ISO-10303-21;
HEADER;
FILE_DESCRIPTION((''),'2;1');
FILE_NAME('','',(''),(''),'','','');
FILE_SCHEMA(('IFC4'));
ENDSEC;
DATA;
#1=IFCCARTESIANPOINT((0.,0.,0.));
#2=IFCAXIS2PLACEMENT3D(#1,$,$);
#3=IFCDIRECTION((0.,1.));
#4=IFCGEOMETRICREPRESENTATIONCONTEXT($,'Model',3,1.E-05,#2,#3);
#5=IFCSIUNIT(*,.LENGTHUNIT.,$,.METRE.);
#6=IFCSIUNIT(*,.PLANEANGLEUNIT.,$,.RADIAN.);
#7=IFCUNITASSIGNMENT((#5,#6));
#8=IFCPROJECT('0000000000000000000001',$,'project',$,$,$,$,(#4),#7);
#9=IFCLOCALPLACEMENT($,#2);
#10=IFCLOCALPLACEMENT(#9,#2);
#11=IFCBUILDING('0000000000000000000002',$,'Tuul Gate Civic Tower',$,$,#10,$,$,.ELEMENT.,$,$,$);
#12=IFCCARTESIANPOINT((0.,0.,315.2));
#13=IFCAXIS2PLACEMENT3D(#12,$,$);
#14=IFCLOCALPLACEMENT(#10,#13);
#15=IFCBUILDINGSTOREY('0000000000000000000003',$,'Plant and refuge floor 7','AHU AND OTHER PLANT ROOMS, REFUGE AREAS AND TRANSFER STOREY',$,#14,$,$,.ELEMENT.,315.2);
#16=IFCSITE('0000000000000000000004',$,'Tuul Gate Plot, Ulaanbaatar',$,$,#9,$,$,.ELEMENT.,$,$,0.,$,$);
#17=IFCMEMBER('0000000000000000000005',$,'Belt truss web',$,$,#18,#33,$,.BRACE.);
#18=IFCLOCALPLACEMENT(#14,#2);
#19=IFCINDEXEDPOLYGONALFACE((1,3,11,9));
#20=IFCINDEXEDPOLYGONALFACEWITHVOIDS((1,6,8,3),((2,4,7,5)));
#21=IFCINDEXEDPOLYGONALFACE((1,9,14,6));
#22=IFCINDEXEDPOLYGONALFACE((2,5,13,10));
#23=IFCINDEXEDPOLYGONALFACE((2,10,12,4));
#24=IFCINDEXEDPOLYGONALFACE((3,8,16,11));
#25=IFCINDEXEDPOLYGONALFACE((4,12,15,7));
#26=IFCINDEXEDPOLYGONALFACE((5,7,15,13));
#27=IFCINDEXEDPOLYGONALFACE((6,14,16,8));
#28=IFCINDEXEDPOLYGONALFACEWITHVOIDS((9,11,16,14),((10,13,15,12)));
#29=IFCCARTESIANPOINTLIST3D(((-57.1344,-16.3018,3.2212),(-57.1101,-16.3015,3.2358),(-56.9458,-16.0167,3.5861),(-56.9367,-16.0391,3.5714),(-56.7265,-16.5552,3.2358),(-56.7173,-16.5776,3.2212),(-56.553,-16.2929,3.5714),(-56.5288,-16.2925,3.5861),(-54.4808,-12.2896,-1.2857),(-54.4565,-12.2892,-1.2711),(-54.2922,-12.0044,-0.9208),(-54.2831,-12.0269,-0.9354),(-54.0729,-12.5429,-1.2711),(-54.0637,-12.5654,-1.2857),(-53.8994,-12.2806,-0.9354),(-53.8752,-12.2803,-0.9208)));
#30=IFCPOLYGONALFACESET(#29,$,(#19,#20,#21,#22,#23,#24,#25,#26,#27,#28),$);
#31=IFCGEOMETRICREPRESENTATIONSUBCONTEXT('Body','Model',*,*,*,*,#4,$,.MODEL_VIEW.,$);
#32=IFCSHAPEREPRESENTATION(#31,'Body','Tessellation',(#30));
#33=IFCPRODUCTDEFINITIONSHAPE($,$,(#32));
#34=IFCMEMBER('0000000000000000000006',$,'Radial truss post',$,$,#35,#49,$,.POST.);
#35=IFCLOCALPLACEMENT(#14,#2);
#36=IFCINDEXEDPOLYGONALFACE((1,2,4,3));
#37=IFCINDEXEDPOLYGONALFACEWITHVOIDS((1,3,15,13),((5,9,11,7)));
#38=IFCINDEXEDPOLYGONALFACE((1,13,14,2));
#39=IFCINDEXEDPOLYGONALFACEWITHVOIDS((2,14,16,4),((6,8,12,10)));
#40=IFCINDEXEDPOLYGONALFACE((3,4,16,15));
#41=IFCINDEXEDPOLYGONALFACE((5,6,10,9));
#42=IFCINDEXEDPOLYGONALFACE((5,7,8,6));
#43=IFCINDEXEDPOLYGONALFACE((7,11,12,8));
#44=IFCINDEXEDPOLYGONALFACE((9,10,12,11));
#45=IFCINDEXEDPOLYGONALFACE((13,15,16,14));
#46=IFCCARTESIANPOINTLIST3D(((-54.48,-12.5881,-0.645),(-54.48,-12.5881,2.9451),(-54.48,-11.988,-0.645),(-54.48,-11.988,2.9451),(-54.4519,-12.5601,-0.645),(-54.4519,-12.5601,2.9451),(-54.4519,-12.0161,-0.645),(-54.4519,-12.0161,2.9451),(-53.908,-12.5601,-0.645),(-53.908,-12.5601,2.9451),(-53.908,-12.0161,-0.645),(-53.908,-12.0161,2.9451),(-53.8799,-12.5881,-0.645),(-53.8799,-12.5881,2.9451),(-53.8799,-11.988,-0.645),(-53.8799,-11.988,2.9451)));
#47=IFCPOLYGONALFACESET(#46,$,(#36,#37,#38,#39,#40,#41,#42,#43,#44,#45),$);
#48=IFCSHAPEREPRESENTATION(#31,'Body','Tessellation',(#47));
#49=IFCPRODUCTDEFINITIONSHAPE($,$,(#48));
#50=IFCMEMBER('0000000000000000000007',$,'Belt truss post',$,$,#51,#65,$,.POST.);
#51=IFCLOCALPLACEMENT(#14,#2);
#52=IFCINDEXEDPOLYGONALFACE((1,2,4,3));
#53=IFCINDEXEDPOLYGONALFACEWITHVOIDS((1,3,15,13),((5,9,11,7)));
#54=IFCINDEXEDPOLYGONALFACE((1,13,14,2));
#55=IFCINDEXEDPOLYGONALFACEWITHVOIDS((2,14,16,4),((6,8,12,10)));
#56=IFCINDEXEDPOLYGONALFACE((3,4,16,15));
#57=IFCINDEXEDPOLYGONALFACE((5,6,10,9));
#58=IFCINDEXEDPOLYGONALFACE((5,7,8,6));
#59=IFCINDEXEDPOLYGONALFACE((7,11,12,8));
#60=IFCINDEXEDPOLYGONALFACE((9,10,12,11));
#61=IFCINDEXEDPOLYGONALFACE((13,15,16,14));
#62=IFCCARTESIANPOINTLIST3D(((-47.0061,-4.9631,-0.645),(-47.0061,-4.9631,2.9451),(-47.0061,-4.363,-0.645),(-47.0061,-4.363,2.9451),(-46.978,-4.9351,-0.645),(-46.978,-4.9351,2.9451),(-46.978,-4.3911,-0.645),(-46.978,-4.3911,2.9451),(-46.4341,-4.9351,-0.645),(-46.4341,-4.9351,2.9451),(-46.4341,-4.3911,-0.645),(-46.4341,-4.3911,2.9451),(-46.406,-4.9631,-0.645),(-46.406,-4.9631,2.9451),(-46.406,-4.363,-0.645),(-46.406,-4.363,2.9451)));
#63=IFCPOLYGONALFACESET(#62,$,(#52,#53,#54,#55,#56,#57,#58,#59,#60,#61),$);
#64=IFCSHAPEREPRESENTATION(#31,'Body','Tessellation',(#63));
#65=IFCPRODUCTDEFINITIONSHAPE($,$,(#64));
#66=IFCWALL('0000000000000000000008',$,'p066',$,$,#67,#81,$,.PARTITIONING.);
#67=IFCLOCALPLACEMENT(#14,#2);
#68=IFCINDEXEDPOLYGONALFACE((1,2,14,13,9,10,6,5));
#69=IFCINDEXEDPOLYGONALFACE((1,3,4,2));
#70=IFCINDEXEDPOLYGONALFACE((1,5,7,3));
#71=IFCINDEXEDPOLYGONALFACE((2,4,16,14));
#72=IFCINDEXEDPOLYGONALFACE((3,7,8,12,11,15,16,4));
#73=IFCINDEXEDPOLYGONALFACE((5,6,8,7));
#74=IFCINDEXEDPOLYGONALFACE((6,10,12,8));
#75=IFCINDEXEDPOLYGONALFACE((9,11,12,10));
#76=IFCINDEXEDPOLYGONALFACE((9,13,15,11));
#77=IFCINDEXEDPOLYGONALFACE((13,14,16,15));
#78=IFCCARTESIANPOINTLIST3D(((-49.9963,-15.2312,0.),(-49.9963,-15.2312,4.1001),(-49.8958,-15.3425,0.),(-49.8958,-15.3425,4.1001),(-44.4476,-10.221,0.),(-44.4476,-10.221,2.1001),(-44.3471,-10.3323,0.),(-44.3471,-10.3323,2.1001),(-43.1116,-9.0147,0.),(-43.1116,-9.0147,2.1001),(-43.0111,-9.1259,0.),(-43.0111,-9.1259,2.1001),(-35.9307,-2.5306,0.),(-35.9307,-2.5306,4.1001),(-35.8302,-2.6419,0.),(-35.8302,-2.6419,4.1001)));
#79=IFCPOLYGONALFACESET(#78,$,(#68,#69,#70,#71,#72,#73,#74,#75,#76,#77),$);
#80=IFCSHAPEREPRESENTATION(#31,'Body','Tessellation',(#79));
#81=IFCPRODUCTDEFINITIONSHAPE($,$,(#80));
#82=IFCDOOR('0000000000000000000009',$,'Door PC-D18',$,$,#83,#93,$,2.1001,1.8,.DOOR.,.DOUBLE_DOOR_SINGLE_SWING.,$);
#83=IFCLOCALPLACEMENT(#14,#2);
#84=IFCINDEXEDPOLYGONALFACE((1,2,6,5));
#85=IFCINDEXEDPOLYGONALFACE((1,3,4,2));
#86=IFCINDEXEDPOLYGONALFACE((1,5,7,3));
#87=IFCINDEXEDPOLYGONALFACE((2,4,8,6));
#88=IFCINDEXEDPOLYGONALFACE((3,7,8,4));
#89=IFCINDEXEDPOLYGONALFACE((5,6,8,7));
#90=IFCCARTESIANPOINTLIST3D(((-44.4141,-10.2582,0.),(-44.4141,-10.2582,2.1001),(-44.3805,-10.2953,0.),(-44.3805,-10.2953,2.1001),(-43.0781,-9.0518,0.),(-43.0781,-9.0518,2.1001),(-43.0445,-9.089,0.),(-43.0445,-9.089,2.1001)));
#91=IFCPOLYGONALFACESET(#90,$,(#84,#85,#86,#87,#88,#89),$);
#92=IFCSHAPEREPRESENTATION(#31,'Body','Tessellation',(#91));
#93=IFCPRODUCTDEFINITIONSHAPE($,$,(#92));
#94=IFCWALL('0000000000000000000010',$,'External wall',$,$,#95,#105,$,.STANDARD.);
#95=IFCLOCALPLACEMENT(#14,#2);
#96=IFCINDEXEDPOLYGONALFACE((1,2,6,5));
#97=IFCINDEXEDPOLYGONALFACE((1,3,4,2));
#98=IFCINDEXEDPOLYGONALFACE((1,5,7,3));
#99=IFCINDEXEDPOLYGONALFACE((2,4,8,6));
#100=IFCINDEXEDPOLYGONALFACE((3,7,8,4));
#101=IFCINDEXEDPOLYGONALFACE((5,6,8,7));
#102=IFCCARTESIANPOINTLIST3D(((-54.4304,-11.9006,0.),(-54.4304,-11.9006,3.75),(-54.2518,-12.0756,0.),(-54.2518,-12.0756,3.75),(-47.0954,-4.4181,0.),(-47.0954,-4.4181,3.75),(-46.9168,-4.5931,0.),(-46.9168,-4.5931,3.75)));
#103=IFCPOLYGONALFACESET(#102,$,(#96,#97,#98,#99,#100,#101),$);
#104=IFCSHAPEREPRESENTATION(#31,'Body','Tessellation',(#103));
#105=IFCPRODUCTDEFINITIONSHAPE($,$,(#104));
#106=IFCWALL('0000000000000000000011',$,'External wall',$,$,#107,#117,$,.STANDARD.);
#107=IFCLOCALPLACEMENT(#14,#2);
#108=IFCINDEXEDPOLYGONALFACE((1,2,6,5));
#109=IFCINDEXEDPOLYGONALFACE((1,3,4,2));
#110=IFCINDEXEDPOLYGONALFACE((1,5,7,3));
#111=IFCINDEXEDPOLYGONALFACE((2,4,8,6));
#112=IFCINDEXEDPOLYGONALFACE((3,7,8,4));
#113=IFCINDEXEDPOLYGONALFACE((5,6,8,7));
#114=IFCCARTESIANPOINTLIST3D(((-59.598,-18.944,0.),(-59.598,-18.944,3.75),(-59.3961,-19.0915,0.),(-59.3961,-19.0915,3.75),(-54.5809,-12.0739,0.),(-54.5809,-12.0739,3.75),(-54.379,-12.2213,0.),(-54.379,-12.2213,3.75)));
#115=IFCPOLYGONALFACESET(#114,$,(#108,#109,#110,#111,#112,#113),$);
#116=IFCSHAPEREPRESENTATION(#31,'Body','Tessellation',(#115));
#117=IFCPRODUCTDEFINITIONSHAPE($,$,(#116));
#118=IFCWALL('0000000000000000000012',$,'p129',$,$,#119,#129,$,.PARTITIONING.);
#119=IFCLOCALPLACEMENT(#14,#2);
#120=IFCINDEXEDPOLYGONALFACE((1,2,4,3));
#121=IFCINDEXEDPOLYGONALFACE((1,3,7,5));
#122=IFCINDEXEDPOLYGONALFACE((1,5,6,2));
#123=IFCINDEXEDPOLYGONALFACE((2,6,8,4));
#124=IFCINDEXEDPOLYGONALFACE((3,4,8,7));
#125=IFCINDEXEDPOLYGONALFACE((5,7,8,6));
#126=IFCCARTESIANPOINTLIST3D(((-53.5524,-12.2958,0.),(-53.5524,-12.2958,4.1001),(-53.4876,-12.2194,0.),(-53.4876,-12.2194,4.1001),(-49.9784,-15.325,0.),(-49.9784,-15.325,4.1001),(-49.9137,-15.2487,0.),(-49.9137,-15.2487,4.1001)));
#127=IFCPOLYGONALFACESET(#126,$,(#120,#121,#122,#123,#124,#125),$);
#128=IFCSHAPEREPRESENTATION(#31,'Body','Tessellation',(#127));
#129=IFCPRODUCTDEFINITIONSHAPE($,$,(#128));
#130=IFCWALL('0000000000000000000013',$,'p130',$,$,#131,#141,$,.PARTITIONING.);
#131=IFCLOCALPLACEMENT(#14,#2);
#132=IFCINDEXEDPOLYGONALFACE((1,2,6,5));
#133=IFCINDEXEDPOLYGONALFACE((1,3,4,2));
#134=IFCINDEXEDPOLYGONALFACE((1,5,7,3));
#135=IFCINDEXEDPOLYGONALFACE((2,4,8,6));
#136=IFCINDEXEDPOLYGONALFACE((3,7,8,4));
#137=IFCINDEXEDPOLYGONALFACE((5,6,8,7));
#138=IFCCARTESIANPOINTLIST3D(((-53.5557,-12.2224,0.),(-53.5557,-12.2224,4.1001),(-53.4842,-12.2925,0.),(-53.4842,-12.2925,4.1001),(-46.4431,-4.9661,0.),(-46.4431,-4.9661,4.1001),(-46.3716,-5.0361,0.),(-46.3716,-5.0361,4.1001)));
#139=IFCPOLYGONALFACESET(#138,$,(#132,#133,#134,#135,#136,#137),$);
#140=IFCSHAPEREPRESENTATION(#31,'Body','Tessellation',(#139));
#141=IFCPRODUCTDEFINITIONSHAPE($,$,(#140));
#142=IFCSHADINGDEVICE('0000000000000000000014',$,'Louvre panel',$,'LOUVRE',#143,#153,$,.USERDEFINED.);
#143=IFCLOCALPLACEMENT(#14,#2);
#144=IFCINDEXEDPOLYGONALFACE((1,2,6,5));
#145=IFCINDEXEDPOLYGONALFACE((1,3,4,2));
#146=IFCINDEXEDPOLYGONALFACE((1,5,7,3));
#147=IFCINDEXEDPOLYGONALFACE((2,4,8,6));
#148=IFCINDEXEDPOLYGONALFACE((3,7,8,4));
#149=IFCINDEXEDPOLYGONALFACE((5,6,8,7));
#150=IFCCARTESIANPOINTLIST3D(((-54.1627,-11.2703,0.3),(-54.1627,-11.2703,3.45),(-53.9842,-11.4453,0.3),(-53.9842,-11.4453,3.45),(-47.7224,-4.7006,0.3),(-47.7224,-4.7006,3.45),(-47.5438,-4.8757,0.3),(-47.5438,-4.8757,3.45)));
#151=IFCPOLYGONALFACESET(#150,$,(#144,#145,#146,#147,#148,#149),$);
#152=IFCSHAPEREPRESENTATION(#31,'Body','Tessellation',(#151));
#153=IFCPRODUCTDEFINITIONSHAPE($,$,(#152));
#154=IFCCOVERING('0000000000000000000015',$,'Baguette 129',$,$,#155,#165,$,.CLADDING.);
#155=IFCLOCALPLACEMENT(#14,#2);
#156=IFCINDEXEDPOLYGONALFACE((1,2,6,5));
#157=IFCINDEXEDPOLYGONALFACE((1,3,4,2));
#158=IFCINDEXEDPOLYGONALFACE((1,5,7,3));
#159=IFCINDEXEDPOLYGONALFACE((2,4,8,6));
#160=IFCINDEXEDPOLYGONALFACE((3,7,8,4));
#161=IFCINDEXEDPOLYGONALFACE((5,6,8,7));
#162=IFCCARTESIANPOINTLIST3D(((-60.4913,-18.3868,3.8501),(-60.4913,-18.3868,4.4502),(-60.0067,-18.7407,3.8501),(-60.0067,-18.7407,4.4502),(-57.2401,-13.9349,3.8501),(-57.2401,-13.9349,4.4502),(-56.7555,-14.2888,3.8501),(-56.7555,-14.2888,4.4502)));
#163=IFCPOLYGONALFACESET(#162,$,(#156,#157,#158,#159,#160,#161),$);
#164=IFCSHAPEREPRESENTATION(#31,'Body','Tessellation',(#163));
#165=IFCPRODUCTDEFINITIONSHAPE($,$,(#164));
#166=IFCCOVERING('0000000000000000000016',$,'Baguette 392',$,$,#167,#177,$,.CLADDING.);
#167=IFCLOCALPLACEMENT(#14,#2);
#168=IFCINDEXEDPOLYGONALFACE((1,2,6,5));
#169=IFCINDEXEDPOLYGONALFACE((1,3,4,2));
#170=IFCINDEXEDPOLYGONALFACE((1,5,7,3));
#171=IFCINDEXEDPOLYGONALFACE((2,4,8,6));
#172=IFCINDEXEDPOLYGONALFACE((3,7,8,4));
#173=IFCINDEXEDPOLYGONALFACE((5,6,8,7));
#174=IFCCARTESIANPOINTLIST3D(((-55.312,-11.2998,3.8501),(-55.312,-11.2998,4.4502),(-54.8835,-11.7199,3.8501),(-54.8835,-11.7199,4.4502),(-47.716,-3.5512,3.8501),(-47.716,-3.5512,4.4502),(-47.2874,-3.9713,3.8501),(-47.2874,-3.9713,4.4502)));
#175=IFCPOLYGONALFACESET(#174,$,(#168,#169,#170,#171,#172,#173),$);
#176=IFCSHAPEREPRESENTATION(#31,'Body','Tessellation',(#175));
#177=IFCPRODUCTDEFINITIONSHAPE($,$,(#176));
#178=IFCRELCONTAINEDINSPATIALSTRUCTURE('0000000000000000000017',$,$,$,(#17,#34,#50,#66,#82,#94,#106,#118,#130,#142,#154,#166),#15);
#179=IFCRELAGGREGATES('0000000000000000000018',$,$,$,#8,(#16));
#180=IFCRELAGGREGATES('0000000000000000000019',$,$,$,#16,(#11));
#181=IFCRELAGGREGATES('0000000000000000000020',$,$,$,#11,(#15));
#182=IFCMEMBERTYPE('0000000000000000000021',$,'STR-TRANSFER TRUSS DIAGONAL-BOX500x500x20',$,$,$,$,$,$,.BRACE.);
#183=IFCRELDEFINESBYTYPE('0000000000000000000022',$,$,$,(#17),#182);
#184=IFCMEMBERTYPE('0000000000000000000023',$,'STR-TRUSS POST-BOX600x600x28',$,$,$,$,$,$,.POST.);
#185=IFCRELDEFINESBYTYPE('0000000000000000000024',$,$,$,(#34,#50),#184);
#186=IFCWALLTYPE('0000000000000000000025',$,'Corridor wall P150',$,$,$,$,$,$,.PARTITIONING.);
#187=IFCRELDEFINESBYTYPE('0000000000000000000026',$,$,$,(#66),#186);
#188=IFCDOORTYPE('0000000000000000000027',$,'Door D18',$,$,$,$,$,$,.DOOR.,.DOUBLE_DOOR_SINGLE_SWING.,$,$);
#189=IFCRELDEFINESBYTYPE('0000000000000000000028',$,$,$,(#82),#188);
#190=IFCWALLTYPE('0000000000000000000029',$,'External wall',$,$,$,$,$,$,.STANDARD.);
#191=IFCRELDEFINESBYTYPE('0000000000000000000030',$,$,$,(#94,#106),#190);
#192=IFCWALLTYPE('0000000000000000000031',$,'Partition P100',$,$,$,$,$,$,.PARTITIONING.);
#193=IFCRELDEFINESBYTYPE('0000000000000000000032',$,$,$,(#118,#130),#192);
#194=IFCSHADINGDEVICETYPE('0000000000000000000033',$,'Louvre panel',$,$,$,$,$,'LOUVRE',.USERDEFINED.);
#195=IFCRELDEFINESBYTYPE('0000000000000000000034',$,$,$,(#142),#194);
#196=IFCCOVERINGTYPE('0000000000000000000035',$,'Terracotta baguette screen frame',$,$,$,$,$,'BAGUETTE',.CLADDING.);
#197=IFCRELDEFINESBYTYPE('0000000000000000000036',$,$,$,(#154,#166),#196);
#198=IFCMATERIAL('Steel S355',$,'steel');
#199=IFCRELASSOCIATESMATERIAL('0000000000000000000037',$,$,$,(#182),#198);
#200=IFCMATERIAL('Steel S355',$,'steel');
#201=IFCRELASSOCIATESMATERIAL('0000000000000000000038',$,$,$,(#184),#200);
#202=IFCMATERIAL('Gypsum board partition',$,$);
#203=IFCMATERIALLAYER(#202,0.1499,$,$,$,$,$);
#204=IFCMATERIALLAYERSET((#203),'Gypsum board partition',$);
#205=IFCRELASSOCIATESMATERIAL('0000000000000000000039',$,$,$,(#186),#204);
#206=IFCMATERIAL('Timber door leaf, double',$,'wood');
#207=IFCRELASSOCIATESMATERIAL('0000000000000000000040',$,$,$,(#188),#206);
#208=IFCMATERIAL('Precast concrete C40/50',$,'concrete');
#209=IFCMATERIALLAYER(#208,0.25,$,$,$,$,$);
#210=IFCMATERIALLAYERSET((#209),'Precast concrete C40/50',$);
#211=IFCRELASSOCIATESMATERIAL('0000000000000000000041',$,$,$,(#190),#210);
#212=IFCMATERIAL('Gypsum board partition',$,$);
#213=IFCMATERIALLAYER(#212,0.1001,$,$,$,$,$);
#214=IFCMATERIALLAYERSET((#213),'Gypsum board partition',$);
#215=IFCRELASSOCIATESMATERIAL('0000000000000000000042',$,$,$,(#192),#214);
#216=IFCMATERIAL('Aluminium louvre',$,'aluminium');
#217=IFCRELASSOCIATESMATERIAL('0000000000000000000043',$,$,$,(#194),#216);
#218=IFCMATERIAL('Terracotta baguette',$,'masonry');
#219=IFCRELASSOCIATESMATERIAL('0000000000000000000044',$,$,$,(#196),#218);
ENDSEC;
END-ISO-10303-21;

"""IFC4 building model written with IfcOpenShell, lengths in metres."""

from ifc_helpers import new_model, si_unit, direction, frame, frame_2d, origin, origin_2d, place, context, subcontext, project, spatial, rectangle, hollow_rectangle, extrude, material, layer, layer_set, material_profile, profile_set, type_object, element, fill, save


model = new_model("IFC4")

# Units and contexts
model_context = context("Model", 3, precision=1e-05, world=origin(), true_north=direction((0.0, 1.0)))
body_context = subcontext(model_context, "Body", "Model", "MODEL_VIEW")
ifc_project = project(units=[si_unit("LENGTHUNIT", "METRE"), si_unit("PLANEANGLEUNIT", "RADIAN")], contexts=[model_context])

# Site, building, storey
site_placement = place(None, origin())
site = spatial("IfcSite", under=ifc_project, at=site_placement, Name="Tuul Gate Plot, Ulaanbaatar", CompositionType="ELEMENT", RefElevation=0.0)
building_placement = place(site_placement, origin())
building = spatial("IfcBuilding", under=site, at=building_placement, Name="Tuul Gate Civic Tower", CompositionType="ELEMENT")
storey_placement = place(building_placement, frame((0.0, 0.0, 315.2)))
storey = spatial("IfcBuildingStorey", under=building, at=storey_placement, Name="Plant and refuge floor 7", Description="AHU AND OTHER PLANT ROOMS, REFUGE AREAS AND TRANSFER STOREY", CompositionType="ELEMENT", Elevation=315.2)

# Members
ifc_material_1 = material(Name="Steel S355", Category="steel")
ifc_material_profile_1 = material_profile(ifc_material_1, hollow_rectangle(XDim=0.5, YDim=0.5, WallThickness=0.02, at=origin_2d()), Name="BOX500x500x20")
ifc_profile_set_1 = profile_set([ifc_material_profile_1], Name="Steel S355")
member_type_1 = type_object("IfcMemberType", Name="STR-TRANSFER TRUSS DIAGONAL-BOX500x500x20", PredefinedType="BRACE", material=ifc_profile_set_1)
member_1_placement = place(storey_placement, frame((-54.178, -12.2849, -1.1033), z_axis=(-0.40256, -0.608674, 0.683712), x_axis=(0.834083, -0.55164, 0.0)))
element("IfcMember", 1, at=member_1_placement, inside=storey, type_object=member_type_1, Name="Belt truss web", PredefinedType="BRACE", context=body_context, shape_type="SweptSolid", body=[
    extrude(hollow_rectangle(XDim=0.5, YDim=0.5, WallThickness=0.02, at=origin_2d()), origin(), (0.0, 0.0, 1.0), 6.5918),
])
ifc_material_2 = material(Name="Steel S355", Category="steel")
ifc_material_profile_2 = material_profile(ifc_material_2, hollow_rectangle(XDim=0.6001, YDim=0.6001, WallThickness=0.0281, at=origin_2d()), Name="BOX600x600x28")
ifc_profile_set_2 = profile_set([ifc_material_profile_2], Name="Steel S355")
member_type_2 = type_object("IfcMemberType", Name="STR-TRUSS POST-BOX600x600x28", PredefinedType="POST", material=ifc_profile_set_2)
for number, where, z_axis, x_axis, name in (
    (2, (-54.1799, -12.2881, -0.645), (0.0, 0.0, 1.0), (1.0, 0.0, 0.0), "Radial truss post"),
    (3, (-46.7061, -4.6631, -0.645), (0.0, 0.0, 1.0), (1.0, 0.0, 0.0), "Belt truss post"),
):
    element("IfcMember", number, at=place(storey_placement, frame(where, z_axis=z_axis, x_axis=x_axis)), inside=storey, type_object=member_type_2, Name=name, PredefinedType="POST", context=body_context, shape_type="SweptSolid", body=[
        extrude(hollow_rectangle(XDim=0.6001, YDim=0.6001, WallThickness=0.0281, at=origin_2d()), origin(), (0.0, 0.0, 1.0), 3.5901),
    ])

# Wall, opening, door
ifc_material_3 = material(Name="Gypsum board partition")
ifc_layer_1 = layer(ifc_material_3, 0.1499)
ifc_layer_set_1 = layer_set([ifc_layer_1], Name="Gypsum board partition")
wall_type_1 = type_object("IfcWallType", Name="Corridor wall P150", PredefinedType="PARTITIONING", material=ifc_layer_set_1)
wall_1_placement = place(storey_placement, frame((-49.946, -15.2869, 0.0), z_axis=(0.0, 0.0, 1.0), x_axis=(0.742202, 0.670176, 0.0)))
wall_1 = element("IfcWall", 4, at=wall_1_placement, inside=storey, type_object=wall_type_1, Name="p066", PredefinedType="PARTITIONING", context=body_context, shape_type="SweptSolid", body=[
    extrude(rectangle(XDim=18.9512, YDim=0.1499, at=frame_2d((9.4756, 0.0))), origin(), (0.0, 0.0, 1.0), 4.1001),
])
opening_placement = place(wall_1_placement, frame((7.4761, 0.0, 0.0)))
opening = element("IfcOpeningElement", 5, at=opening_placement, cuts=wall_1, PredefinedType="OPENING", context=body_context, shape_type="SweptSolid", body=[
    extrude(rectangle(XDim=1.8, YDim=2.1001, at=frame_2d((0.8999, 1.05))), frame((0.0, 0.085, 0.0), z_axis=(0.0, -1.0, 0.0), x_axis=(1.0, 0.0, 0.0)), (0.0, 0.0, 1.0), 0.1699),
])
ifc_material_4 = material(Name="Timber door leaf, double", Category="wood")
door_type = type_object("IfcDoorType", Name="Door D18", OperationType="DOUBLE_DOOR_SINGLE_SWING", PredefinedType="DOOR", material=ifc_material_4)
door_placement = place(opening_placement, origin())
door = element("IfcDoor", 6, at=door_placement, inside=storey, type_object=door_type, Name="Door PC-D18", OperationType="DOUBLE_DOOR_SINGLE_SWING", OverallHeight=2.1001, OverallWidth=1.8, PredefinedType="DOOR", context=body_context, shape_type="SweptSolid", body=[
    extrude(rectangle(XDim=1.8, YDim=2.1001, at=frame_2d((0.8999, 1.05))), frame((0.0, 0.0249, 0.0), z_axis=(0.0, -1.0, 0.0), x_axis=(1.0, 0.0, 0.0)), (0.0, 0.0, 1.0), 0.05),
])
fill(opening, door)

# Walls
ifc_material_5 = material(Name="Precast concrete C40/50", Category="concrete")
ifc_layer_2 = layer(ifc_material_5, 0.25)
ifc_layer_set_2 = layer_set([ifc_layer_2], Name="Precast concrete C40/50")
wall_type_2 = type_object("IfcWallType", Name="External wall", PredefinedType="STANDARD", material=ifc_layer_set_2)
wall_2_placement = place(storey_placement, frame((-47.0061, -4.5056, 0.0), z_axis=(0.0, 0.0, 1.0), x_axis=(-0.700035, -0.714108, 0.0)))
element("IfcWall", 7, at=wall_2_placement, inside=storey, type_object=wall_type_2, Name="External wall", PredefinedType="STANDARD", context=body_context, shape_type="SweptSolid", body=[
    extrude(rectangle(XDim=10.478, YDim=0.25, at=frame_2d((5.239, 0.0))), origin(), (0.0, 0.0, 1.0), 3.75),
])
wall_3_placement = place(storey_placement, frame((-54.48, -12.1477, 0.0), z_axis=(0.0, 0.0, 1.0), x_axis=(-0.589758, -0.80758, 0.0)))
element("IfcWall", 8, at=wall_3_placement, inside=storey, type_object=wall_type_2, Name="External wall", PredefinedType="STANDARD", context=body_context, shape_type="SweptSolid", body=[
    extrude(rectangle(XDim=8.5071, YDim=0.25, at=frame_2d((4.2534, 0.0))), origin(), (0.0, 0.0, 1.0), 3.75),
])
ifc_material_6 = material(Name="Gypsum board partition")
ifc_layer_3 = layer(ifc_material_6, 0.1001)
ifc_layer_set_3 = layer_set([ifc_layer_3], Name="Gypsum board partition")
wall_type_3 = type_object("IfcWallType", Name="Partition P100", PredefinedType="PARTITIONING", material=ifc_layer_set_3)
wall_4_placement = place(storey_placement, frame((-49.946, -15.2869, 0.0), z_axis=(0.0, 0.0, 1.0), x_axis=(-0.762842, 0.646584, 0.0)))
element("IfcWall", 9, at=wall_4_placement, inside=storey, type_object=wall_type_3, Name="p129", PredefinedType="PARTITIONING", context=body_context, shape_type="SweptSolid", body=[
    extrude(rectangle(XDim=4.6851, YDim=0.1001, at=frame_2d((2.3425, 0.0))), origin(), (0.0, 0.0, 1.0), 4.1001),
])
wall_5_placement = place(storey_placement, frame((-53.52, -12.2576, 0.0), z_axis=(0.0, 0.0, 1.0), x_axis=(0.699995, 0.714147, 0.0)))
element("IfcWall", 10, at=wall_5_placement, inside=storey, type_object=wall_type_3, Name="p130", PredefinedType="PARTITIONING", context=body_context, shape_type="SweptSolid", body=[
    extrude(rectangle(XDim=10.1609, YDim=0.1001, at=frame_2d((5.0806, 0.0))), origin(), (0.0, 0.0, 1.0), 4.1001),
])

# Shading device
ifc_material_7 = material(Name="Aluminium louvre", Category="aluminium")
shading_device_type = type_object("IfcShadingDeviceType", Name="Louvre panel", ElementType="LOUVRE", PredefinedType="USERDEFINED", material=ifc_material_7)
shading_device_placement = place(storey_placement, frame((-50.8533, -8.073, 0.3), z_axis=(0.0, 0.0, 1.0), x_axis=(-0.7141, 0.700043, 0.0)))
element("IfcShadingDevice", 11, at=shading_device_placement, inside=storey, type_object=shading_device_type, Name="Louvre panel", ObjectType="LOUVRE", PredefinedType="USERDEFINED", context=body_context, shape_type="SweptSolid", body=[
    extrude(rectangle(XDim=0.25, YDim=9.2, at=origin_2d()), origin(), (0.0, 0.0, 1.0), 3.1499),
])

# Coverings
ifc_material_8 = material(Name="Terracotta baguette", Category="masonry")
ifc_material_profile_3 = material_profile(ifc_material_8, rectangle(XDim=0.6001, YDim=0.6001, at=origin_2d()), Name="Terracotta baguette screen frame")
ifc_profile_set_3 = profile_set([ifc_material_profile_3], Name="Terracotta baguette")
covering_type = type_object("IfcCoveringType", Name="Terracotta baguette screen frame", ElementType="BAGUETTE", PredefinedType="CLADDING", material=ifc_profile_set_3)
covering_1_placement = place(storey_placement, frame((-56.9978, -14.1118, 4.1501), z_axis=(-0.589769, -0.807572, 0.0), x_axis=(0.807572, -0.589769, 0.0)))
element("IfcCovering", 12, at=covering_1_placement, inside=storey, type_object=covering_type, Name="Baguette 129", PredefinedType="CLADDING", context=body_context, shape_type="SweptSolid", body=[
    extrude(rectangle(XDim=0.6001, YDim=0.6001, at=origin_2d()), origin(), (0.0, 0.0, 1.0), 5.5127),
])
covering_2_placement = place(storey_placement, frame((-47.5017, -3.7612, 4.1501), z_axis=(-0.700041, -0.714103, 0.0), x_axis=(0.714103, -0.700041, 0.0)))
element("IfcCovering", 13, at=covering_2_placement, inside=storey, type_object=covering_type, Name="Baguette 392", PredefinedType="CLADDING", context=body_context, shape_type="SweptSolid", body=[
    extrude(rectangle(XDim=0.6001, YDim=0.6001, at=origin_2d()), origin(), (0.0, 0.0, 1.0), 10.8508),
])

save(model, "model.ifc")
